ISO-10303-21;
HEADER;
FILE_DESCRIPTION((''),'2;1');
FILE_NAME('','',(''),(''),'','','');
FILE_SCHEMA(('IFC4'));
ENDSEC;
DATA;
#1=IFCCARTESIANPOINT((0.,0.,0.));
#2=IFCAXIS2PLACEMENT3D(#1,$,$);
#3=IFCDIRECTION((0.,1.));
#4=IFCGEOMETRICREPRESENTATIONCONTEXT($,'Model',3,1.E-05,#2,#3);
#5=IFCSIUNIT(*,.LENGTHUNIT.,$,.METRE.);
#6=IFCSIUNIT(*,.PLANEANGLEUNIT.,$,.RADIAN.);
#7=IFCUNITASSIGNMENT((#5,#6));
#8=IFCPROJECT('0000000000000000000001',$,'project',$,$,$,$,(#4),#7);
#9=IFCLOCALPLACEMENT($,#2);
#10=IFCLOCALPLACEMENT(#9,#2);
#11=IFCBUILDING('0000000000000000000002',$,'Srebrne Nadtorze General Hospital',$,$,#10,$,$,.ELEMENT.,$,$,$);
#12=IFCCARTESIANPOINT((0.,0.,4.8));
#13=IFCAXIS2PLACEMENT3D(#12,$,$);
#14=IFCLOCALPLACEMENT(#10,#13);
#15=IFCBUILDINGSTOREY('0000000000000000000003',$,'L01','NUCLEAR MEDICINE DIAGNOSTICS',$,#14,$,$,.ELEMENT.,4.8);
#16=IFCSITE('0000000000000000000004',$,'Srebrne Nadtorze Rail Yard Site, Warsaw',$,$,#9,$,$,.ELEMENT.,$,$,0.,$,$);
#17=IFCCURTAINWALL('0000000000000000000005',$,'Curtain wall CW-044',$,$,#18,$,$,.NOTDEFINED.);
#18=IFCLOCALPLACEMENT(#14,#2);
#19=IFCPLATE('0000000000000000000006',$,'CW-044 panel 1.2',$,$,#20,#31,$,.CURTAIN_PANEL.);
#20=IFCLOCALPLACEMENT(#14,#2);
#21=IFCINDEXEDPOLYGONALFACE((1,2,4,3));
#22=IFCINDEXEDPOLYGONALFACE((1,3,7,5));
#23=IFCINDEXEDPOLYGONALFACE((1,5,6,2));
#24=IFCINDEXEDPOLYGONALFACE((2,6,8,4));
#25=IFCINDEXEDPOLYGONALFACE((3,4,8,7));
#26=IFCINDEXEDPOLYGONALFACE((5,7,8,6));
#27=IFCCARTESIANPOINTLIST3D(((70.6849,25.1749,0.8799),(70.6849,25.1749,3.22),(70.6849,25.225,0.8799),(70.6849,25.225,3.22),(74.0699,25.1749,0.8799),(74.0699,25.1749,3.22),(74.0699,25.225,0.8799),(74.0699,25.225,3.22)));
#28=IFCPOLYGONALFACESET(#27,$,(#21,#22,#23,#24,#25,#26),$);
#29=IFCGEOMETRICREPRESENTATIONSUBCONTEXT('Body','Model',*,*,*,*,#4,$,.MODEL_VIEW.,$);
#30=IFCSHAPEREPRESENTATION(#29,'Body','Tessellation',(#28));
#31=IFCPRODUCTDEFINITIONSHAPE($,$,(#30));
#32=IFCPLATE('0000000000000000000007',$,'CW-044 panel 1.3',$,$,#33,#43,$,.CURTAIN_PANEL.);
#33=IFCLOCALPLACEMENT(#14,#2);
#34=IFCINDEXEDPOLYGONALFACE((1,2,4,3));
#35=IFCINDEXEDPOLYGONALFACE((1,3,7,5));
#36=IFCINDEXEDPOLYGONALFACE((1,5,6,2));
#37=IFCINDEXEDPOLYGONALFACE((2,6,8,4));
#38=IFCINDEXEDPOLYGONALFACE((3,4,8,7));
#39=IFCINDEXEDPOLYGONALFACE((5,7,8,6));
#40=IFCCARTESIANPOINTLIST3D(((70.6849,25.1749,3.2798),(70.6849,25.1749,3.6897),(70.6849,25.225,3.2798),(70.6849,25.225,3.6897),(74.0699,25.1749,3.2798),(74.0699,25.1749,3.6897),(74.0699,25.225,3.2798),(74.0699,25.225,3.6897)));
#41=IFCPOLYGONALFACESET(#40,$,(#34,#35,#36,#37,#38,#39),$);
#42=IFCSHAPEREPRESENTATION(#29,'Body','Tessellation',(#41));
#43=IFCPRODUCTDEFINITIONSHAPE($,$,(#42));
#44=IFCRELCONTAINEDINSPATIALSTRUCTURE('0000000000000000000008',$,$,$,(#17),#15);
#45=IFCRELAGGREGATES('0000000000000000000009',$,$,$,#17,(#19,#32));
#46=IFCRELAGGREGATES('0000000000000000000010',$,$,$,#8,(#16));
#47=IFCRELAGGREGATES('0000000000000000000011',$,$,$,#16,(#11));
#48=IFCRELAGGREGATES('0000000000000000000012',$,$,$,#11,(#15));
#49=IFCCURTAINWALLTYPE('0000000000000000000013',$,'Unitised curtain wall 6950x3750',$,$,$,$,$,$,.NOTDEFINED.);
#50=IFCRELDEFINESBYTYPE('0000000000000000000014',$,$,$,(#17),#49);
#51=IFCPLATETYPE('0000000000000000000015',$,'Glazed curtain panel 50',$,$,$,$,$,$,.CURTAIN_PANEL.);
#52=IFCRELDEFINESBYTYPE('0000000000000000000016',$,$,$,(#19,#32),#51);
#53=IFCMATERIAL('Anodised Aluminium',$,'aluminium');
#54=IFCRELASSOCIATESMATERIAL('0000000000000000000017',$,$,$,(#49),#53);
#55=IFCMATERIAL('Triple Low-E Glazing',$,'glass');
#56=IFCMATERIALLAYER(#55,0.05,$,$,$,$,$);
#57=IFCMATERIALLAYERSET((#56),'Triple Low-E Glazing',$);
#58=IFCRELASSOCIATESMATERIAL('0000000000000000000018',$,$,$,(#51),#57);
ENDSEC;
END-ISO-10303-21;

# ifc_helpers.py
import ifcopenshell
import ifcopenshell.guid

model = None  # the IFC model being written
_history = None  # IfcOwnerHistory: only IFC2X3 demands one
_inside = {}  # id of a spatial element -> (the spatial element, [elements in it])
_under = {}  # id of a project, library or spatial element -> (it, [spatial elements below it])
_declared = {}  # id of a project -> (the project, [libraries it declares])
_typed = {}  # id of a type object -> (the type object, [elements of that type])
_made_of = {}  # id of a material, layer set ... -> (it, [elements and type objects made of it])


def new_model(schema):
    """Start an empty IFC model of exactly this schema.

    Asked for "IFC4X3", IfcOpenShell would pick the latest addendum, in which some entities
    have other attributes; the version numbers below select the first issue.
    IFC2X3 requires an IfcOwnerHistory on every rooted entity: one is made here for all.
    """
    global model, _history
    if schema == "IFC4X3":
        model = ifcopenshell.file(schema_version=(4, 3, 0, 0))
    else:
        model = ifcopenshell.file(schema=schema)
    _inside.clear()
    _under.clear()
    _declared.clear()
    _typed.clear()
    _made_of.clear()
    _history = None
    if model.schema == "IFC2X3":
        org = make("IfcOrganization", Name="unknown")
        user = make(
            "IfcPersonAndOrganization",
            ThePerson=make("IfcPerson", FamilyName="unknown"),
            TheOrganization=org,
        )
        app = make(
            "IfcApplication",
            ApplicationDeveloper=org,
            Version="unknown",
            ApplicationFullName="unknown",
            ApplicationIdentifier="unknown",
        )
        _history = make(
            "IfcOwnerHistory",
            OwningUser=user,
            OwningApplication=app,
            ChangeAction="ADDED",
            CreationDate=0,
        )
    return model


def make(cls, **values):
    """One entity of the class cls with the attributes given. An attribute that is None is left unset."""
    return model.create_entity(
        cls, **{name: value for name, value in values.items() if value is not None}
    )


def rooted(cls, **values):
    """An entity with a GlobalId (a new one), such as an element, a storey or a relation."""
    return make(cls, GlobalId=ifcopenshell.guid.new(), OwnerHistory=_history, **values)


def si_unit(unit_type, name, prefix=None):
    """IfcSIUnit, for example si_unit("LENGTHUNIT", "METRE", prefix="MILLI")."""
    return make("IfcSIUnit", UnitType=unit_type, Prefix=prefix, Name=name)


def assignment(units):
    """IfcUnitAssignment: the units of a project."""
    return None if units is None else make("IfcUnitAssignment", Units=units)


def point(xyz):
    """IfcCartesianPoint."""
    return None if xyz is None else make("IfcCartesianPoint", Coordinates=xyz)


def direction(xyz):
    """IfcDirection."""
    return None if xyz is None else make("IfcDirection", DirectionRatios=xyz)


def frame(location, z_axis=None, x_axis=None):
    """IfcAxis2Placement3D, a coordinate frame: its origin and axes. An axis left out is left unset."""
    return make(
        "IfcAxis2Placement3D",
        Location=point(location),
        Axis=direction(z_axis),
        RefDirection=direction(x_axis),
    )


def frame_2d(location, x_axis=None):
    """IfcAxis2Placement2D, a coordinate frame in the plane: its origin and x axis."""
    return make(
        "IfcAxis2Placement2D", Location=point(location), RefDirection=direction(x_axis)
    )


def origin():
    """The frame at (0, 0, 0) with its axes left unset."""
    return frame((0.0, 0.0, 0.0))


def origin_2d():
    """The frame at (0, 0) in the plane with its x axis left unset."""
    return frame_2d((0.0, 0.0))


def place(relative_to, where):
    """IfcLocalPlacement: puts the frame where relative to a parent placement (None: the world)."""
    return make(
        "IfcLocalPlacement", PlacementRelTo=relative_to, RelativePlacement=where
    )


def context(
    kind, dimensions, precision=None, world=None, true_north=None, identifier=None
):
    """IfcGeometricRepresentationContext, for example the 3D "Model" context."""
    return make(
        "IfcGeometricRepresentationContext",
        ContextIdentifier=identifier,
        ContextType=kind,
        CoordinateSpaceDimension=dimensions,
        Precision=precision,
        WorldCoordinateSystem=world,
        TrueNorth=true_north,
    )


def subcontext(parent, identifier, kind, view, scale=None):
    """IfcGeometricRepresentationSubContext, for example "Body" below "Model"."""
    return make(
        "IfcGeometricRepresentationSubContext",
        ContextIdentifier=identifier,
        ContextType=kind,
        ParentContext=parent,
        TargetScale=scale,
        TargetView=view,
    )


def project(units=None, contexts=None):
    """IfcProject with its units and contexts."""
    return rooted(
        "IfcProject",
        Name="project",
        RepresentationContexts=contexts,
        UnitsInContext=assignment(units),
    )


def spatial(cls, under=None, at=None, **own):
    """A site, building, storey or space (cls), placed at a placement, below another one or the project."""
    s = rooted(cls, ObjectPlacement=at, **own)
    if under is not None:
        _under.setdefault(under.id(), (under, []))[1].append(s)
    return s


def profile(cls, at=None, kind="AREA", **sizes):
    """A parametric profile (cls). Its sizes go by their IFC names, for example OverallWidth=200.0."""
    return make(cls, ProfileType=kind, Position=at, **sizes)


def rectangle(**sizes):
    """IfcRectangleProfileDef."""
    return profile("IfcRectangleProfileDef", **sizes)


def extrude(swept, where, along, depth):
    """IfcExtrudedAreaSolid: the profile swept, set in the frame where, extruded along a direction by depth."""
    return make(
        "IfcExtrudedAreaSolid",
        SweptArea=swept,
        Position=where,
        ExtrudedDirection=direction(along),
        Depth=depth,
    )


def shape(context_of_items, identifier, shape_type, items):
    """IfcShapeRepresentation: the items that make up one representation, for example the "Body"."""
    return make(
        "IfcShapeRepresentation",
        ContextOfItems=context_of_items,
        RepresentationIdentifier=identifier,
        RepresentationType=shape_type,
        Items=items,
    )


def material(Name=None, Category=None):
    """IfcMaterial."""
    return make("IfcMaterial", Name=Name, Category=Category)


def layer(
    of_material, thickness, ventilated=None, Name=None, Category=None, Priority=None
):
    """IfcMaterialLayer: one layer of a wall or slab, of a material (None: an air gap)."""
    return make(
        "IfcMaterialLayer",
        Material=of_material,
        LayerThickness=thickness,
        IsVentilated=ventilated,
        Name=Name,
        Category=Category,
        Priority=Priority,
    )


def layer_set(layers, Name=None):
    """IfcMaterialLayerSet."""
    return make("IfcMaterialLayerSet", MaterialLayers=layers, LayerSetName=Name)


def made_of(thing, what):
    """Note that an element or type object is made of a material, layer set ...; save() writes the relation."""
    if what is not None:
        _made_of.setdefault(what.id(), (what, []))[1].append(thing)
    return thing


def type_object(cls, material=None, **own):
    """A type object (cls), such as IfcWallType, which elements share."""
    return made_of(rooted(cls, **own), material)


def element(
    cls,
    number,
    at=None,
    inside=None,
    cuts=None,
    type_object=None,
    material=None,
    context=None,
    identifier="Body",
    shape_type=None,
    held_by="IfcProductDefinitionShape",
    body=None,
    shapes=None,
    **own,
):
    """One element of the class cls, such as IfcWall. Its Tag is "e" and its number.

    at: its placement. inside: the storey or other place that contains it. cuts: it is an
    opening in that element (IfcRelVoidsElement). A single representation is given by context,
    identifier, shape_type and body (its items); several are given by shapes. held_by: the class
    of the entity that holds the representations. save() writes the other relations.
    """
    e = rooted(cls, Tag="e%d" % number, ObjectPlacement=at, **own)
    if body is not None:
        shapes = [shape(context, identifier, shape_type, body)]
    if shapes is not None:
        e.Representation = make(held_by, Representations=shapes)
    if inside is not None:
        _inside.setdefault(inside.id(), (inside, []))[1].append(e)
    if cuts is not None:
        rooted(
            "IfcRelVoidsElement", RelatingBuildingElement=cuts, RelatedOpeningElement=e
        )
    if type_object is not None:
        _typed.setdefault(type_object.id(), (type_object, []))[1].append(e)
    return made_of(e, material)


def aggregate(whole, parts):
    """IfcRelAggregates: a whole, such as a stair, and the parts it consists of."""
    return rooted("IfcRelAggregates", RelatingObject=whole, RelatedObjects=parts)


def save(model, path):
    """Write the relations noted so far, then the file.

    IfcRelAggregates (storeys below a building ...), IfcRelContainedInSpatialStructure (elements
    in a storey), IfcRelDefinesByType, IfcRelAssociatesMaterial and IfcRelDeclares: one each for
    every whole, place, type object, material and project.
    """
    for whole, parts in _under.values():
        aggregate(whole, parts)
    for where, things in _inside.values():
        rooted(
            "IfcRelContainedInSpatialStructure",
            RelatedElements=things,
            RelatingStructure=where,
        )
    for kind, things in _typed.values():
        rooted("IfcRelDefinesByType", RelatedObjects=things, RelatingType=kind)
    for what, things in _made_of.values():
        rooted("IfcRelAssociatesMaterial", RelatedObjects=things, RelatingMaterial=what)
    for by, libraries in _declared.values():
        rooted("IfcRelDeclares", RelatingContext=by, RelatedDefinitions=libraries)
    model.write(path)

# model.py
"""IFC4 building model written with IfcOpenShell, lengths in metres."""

from ifc_helpers import new_model, si_unit, direction, frame, origin, origin_2d, place, context, subcontext, project, spatial, rectangle, extrude, material, layer, layer_set, type_object, element, aggregate, save


model = new_model("IFC4")

# Units and contexts
model_context = context("Model", 3, precision=1e-05, world=origin(), true_north=direction((0.0, 1.0)))
body_context = subcontext(model_context, "Body", "Model", "MODEL_VIEW")
ifc_project = project(units=[si_unit("LENGTHUNIT", "METRE"), si_unit("PLANEANGLEUNIT", "RADIAN")], contexts=[model_context])

# Site, building, storey
site_placement = place(None, origin())
site = spatial("IfcSite", under=ifc_project, at=site_placement, Name="Srebrne Nadtorze Rail Yard Site, Warsaw", CompositionType="ELEMENT", RefElevation=0.0)
building_placement = place(site_placement, origin())
building = spatial("IfcBuilding", under=site, at=building_placement, Name="Srebrne Nadtorze General Hospital", CompositionType="ELEMENT")
storey_placement = place(building_placement, frame((0.0, 0.0, 4.8)))
storey = spatial("IfcBuildingStorey", under=building, at=storey_placement, Name="L01", Description="NUCLEAR MEDICINE DIAGNOSTICS", CompositionType="ELEMENT", Elevation=4.8)

# Curtain wall
ifc_material_1 = material(Name="Anodised Aluminium", Category="aluminium")
curtain_wall_type = type_object("IfcCurtainWallType", Name="Unitised curtain wall 6950x3750", PredefinedType="NOTDEFINED", material=ifc_material_1)
curtain_wall_1_placement = place(storey_placement, origin())
curtain_wall_1 = element("IfcCurtainWall", 1, at=curtain_wall_1_placement, inside=storey, type_object=curtain_wall_type, Name="Curtain wall CW-044", PredefinedType="NOTDEFINED")

# Plates
ifc_material_2 = material(Name="Triple Low-E Glazing", Category="glass")
ifc_layer = layer(ifc_material_2, 0.05)
ifc_layer_set = layer_set([ifc_layer], Name="Triple Low-E Glazing")
plate_type = type_object("IfcPlateType", Name="Glazed curtain panel 50", PredefinedType="CURTAIN_PANEL", material=ifc_layer_set)
plate_1_placement = place(storey_placement, frame((72.3774, 25.2, 0.8799), z_axis=(0.0, 0.0, 1.0), x_axis=(1.0, 0.0, 0.0)))
plate_1 = element("IfcPlate", 2, at=plate_1_placement, type_object=plate_type, Name="CW-044 panel 1.2", PredefinedType="CURTAIN_PANEL", context=body_context, shape_type="SweptSolid", body=[
    extrude(rectangle(XDim=3.385, YDim=0.05, at=origin_2d()), origin(), (0.0, 0.0, 1.0), 2.3401),
])
plate_2_placement = place(storey_placement, frame((72.3774, 25.2, 3.2798), z_axis=(0.0, 0.0, 1.0), x_axis=(1.0, 0.0, 0.0)))
plate_2 = element("IfcPlate", 3, at=plate_2_placement, type_object=plate_type, Name="CW-044 panel 1.3", PredefinedType="CURTAIN_PANEL", context=body_context, shape_type="SweptSolid", body=[
    extrude(rectangle(XDim=3.385, YDim=0.05, at=origin_2d()), origin(), (0.0, 0.0, 1.0), 0.4099),
])
aggregate(curtain_wall_1, [plate_1, plate_2])

save(model, "model.ifc")
